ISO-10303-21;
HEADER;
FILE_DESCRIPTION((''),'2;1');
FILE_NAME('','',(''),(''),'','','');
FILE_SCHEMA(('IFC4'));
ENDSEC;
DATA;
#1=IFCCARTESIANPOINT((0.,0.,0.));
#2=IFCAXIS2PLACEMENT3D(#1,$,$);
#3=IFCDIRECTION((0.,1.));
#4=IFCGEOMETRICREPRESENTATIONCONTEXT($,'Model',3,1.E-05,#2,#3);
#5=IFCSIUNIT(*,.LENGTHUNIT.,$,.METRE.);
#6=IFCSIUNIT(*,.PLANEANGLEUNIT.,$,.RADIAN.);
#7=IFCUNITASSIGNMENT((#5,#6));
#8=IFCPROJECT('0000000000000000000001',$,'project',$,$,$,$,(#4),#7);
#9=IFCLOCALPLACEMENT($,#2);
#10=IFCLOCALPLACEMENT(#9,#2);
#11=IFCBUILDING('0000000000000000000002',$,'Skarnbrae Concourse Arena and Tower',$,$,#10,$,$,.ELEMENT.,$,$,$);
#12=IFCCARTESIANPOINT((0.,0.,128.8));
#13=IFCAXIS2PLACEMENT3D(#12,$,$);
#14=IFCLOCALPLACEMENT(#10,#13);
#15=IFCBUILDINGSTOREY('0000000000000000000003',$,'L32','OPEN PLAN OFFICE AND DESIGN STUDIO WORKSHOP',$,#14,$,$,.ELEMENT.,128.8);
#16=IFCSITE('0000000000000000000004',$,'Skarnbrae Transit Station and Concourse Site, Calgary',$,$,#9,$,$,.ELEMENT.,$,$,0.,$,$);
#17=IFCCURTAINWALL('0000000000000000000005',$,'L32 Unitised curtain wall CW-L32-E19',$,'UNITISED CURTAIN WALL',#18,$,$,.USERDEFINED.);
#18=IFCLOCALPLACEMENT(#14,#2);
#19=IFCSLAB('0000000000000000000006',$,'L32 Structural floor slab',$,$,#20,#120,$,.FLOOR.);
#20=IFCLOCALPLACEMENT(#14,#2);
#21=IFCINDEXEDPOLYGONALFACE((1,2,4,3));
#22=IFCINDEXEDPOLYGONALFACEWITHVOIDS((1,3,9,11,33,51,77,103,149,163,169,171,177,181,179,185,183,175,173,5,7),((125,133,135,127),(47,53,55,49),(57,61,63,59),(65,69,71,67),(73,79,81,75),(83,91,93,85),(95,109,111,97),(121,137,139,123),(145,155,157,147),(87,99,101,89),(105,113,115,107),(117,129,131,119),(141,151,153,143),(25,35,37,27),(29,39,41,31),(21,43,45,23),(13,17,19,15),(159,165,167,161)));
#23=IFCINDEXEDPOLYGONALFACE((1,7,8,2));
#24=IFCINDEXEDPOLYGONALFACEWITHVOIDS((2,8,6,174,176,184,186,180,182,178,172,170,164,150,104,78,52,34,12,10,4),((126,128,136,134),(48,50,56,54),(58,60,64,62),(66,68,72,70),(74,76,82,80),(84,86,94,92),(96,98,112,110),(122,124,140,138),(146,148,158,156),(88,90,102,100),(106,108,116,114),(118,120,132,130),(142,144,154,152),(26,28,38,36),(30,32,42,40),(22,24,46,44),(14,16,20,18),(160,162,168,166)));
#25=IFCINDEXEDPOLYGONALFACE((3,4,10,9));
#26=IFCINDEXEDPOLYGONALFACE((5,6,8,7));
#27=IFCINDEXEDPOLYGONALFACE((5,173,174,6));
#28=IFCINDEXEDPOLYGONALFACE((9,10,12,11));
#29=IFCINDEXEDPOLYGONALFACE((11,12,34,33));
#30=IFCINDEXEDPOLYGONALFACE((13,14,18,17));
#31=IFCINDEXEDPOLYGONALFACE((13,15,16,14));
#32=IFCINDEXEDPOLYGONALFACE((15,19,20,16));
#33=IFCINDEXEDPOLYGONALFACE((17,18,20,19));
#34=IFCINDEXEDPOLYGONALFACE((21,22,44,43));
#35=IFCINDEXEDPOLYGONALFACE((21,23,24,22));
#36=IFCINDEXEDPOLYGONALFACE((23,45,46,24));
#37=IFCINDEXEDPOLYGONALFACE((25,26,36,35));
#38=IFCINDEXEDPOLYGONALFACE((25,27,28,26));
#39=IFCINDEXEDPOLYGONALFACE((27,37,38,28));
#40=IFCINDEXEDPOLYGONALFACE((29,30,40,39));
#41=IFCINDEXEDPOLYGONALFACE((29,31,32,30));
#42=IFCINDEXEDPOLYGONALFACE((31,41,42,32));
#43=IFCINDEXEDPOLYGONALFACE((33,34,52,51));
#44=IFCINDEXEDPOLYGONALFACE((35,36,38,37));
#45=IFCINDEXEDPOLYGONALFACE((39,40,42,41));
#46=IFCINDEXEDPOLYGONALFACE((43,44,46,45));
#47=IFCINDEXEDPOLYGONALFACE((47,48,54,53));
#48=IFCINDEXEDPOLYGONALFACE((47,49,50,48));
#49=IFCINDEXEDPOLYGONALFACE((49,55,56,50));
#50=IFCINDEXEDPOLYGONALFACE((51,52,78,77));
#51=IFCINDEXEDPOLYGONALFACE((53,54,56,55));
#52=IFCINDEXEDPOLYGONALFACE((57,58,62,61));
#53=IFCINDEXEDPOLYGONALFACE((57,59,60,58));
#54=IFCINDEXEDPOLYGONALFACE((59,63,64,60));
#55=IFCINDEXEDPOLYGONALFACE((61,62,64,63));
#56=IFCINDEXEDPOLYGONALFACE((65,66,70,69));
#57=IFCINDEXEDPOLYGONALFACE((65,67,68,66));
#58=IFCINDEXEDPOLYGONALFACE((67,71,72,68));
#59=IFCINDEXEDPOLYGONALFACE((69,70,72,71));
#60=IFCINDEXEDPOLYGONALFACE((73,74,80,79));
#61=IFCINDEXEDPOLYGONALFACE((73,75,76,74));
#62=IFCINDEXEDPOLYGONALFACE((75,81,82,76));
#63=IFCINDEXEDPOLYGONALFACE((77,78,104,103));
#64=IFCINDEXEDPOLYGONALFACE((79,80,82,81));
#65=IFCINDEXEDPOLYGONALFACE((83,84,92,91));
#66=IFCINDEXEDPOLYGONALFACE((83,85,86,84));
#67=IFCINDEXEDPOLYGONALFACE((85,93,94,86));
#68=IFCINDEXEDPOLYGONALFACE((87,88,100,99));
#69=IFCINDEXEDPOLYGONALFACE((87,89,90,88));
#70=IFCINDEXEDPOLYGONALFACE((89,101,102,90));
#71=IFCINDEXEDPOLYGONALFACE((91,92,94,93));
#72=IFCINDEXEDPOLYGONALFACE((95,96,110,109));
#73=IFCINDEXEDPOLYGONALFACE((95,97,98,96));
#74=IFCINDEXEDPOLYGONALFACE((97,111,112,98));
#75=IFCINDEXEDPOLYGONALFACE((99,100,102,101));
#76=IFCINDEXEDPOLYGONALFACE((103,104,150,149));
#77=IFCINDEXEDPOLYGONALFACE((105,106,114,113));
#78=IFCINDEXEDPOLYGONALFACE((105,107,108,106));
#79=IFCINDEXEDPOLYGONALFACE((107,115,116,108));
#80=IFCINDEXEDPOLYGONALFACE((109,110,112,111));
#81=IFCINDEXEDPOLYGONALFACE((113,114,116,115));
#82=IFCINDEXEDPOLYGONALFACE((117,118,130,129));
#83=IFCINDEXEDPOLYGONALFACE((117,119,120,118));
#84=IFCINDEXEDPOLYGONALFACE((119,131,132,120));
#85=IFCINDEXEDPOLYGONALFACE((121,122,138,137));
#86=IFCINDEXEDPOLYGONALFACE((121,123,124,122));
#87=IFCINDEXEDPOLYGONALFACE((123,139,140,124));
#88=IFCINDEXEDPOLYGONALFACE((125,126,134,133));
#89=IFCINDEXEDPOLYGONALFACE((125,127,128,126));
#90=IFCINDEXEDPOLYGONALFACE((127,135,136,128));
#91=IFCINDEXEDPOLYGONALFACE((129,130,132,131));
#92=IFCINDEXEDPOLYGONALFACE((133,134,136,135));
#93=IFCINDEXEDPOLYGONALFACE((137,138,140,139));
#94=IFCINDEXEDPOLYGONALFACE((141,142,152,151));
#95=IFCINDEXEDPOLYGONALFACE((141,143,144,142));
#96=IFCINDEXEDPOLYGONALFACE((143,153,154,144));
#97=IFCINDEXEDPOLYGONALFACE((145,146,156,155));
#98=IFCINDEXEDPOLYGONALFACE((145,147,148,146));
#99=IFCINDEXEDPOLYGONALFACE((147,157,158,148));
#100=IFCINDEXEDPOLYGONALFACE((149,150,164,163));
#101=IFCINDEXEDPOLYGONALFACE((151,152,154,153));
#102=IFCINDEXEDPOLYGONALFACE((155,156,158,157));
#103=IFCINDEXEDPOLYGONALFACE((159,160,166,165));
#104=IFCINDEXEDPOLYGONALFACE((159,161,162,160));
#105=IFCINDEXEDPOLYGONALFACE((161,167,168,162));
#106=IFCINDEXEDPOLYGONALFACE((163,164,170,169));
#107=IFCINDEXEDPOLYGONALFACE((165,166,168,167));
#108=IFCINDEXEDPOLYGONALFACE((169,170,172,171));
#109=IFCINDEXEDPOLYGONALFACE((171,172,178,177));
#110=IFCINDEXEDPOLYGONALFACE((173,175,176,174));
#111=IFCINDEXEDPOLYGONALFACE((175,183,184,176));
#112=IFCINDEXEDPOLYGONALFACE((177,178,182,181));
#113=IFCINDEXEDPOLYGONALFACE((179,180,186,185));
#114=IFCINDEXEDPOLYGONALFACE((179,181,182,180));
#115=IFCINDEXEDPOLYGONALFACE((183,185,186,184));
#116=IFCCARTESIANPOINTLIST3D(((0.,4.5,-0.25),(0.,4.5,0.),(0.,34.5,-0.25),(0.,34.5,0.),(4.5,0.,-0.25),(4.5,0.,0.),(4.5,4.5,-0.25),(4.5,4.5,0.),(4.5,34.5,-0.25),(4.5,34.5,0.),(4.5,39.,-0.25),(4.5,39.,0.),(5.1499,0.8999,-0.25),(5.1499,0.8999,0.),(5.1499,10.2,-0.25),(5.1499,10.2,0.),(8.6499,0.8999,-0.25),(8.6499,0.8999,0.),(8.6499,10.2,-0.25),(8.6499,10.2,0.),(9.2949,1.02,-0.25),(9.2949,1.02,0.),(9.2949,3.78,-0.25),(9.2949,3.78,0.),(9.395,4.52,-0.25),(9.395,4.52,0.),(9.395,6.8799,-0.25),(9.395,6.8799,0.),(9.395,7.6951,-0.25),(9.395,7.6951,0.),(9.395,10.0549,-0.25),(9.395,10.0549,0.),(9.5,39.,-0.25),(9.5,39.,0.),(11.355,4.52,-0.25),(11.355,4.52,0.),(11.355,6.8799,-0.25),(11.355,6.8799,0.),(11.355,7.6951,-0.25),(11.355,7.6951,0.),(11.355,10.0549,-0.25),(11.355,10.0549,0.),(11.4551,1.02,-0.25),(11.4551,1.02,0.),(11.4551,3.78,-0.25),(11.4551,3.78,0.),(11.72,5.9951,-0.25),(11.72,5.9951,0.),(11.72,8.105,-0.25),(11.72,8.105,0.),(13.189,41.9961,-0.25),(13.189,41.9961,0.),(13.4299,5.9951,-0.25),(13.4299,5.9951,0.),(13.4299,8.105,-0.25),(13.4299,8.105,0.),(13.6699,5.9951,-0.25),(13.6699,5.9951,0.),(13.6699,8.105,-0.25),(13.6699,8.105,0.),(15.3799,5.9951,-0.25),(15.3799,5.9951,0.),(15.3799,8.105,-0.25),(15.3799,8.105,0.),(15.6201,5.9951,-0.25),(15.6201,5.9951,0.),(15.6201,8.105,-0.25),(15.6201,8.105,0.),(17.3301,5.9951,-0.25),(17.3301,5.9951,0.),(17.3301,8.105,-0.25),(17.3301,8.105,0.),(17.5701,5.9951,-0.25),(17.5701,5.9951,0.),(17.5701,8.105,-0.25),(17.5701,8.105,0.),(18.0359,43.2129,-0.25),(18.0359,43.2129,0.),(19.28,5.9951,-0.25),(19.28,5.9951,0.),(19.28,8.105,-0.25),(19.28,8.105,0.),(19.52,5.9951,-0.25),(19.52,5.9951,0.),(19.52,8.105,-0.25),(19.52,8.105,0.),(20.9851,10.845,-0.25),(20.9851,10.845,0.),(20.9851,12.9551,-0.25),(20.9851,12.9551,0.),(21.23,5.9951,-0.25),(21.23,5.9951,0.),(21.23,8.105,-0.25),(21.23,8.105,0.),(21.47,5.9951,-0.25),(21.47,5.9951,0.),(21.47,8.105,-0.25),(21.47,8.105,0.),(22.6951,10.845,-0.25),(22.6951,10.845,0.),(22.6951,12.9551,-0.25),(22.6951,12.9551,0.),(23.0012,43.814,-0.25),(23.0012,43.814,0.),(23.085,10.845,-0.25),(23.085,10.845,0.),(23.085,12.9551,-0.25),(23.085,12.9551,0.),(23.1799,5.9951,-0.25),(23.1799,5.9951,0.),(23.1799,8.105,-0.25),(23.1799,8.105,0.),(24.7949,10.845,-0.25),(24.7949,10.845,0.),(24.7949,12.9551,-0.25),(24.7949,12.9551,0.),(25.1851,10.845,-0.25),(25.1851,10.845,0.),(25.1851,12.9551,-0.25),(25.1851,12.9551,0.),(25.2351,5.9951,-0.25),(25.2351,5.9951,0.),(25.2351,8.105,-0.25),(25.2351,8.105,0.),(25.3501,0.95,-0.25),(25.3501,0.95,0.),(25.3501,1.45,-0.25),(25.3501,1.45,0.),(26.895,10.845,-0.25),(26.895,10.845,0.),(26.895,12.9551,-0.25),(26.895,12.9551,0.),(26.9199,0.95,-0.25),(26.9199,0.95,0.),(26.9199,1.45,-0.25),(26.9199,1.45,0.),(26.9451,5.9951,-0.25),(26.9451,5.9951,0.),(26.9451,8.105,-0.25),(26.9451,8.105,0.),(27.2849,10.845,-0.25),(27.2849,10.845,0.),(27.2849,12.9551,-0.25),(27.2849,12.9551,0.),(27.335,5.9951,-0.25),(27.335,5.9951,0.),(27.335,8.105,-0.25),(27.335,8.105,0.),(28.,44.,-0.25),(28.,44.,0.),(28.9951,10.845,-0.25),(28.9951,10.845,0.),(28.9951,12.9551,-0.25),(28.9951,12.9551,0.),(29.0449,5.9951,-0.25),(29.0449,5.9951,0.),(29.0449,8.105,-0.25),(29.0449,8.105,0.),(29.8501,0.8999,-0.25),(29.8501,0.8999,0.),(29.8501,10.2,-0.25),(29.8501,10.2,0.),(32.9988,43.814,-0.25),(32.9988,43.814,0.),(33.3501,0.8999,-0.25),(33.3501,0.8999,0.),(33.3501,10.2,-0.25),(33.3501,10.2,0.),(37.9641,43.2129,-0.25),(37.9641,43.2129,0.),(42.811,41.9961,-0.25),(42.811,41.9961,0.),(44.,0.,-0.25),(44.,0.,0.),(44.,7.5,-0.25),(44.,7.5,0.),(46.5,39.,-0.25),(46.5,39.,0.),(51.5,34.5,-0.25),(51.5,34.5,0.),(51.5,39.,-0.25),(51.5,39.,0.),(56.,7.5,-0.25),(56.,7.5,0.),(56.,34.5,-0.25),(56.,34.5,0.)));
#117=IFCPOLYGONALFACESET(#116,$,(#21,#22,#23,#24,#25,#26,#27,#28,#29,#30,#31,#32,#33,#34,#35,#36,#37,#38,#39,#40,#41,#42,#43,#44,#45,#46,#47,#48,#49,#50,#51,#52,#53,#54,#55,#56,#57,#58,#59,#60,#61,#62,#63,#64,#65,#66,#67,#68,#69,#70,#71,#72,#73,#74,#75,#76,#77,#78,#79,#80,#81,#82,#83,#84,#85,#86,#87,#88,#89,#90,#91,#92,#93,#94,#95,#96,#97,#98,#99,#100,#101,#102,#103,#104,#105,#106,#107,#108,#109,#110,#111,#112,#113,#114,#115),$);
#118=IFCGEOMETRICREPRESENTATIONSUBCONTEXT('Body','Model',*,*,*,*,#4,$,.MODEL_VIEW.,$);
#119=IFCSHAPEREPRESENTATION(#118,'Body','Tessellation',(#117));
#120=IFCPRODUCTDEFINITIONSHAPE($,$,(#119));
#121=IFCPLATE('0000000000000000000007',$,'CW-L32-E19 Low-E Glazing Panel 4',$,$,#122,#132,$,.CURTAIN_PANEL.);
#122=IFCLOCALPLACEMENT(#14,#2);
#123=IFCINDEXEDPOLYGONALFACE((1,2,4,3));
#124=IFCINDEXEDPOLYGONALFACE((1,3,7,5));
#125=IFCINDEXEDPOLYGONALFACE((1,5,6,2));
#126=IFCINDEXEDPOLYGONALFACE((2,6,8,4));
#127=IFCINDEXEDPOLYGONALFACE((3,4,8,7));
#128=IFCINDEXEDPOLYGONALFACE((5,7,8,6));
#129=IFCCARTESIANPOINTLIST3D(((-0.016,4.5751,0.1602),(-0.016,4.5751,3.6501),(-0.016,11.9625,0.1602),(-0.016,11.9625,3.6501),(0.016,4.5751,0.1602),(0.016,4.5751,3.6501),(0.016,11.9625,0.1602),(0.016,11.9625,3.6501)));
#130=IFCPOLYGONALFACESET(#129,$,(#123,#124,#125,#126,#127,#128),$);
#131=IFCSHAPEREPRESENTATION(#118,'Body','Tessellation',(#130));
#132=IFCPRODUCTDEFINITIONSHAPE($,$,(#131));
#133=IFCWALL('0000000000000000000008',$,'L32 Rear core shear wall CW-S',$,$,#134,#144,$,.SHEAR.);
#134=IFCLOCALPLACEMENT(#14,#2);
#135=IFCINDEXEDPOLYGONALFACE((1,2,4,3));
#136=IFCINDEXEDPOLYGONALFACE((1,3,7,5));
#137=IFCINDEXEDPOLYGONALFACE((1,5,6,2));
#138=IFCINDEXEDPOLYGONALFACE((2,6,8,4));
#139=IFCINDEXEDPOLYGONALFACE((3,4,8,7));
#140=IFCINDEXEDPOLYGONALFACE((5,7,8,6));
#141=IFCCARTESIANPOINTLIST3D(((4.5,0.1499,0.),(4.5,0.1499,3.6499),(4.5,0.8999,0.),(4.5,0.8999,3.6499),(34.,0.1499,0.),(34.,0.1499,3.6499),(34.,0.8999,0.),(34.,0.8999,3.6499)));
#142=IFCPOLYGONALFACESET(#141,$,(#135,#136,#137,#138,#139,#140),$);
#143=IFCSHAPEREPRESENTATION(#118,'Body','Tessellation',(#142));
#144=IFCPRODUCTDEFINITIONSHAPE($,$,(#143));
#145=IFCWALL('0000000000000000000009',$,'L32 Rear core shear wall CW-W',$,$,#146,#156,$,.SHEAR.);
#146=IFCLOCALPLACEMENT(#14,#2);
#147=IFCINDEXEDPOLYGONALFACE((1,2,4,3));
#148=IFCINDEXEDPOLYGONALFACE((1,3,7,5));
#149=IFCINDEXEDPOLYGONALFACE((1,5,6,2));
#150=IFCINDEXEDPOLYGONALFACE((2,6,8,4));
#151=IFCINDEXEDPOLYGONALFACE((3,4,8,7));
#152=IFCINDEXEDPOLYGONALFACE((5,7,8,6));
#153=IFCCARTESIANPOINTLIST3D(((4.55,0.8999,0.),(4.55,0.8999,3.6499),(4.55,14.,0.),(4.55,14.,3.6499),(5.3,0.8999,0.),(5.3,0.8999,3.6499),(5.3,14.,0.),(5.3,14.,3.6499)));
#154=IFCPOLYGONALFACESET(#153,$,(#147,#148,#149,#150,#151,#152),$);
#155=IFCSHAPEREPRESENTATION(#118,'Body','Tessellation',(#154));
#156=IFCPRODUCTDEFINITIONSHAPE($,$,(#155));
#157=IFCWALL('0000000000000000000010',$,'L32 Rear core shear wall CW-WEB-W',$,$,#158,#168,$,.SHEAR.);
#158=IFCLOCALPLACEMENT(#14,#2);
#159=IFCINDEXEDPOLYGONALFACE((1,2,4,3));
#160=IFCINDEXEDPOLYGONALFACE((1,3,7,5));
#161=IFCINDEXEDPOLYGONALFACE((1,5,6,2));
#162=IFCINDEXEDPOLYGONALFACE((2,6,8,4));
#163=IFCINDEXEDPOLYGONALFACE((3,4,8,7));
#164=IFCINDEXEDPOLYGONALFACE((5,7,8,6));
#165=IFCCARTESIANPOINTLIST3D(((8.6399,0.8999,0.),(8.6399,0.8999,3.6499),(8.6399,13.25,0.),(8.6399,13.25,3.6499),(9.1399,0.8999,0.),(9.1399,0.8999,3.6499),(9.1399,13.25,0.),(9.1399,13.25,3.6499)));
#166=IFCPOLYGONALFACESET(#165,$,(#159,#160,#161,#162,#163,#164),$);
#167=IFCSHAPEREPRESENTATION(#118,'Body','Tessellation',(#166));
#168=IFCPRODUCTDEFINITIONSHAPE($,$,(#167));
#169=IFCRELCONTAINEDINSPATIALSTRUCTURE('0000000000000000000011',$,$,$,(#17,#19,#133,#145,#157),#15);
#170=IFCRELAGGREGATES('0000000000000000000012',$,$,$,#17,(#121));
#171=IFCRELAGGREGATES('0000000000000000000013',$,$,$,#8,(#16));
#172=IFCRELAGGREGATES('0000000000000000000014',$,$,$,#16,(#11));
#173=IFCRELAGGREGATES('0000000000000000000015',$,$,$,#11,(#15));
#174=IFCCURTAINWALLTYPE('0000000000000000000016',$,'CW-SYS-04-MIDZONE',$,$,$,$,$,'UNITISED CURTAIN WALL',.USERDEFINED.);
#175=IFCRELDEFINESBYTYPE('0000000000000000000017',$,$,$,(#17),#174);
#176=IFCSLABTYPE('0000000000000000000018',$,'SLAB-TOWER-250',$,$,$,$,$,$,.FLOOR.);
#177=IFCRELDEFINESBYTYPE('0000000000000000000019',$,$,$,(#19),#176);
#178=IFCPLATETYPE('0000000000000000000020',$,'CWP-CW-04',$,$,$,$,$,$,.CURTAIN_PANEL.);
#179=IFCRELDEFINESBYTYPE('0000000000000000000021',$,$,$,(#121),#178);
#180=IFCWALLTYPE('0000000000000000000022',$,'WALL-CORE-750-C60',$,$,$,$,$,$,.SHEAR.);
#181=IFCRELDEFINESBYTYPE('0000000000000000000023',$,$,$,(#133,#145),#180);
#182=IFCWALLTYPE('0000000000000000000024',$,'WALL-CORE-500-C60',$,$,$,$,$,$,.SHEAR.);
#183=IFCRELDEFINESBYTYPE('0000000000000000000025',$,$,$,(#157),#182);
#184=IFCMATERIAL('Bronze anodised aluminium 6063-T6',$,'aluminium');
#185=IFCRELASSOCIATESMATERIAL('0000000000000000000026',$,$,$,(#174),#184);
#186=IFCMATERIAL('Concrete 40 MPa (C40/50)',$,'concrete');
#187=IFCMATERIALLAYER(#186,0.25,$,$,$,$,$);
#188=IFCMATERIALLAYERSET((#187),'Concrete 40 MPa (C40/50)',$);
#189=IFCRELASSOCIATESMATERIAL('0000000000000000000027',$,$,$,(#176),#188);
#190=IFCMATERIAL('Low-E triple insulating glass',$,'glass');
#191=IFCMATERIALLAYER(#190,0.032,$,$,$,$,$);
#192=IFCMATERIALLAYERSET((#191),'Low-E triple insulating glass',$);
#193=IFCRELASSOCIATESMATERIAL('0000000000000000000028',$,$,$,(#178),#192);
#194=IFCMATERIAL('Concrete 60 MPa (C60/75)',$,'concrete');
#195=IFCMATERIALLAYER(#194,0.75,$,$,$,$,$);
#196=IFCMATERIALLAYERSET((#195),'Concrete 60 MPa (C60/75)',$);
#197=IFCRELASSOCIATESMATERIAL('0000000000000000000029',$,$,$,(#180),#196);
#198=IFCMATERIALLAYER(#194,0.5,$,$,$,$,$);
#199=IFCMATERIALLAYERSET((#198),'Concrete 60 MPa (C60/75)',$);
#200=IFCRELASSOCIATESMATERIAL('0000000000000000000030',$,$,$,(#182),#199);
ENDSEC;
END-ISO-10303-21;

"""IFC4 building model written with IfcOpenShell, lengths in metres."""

from ifc_helpers import new_model, si_unit, direction, frame, frame_2d, origin, origin_2d, place, context, subcontext, project, spatial, polyline, rectangle, outline, extrude, source, transform, mapped, material, layer, layer_set, type_object, element, aggregate, save


model = new_model("IFC4")

# Units and contexts
model_context = context("Model", 3, precision=1e-05, world=origin(), true_north=direction((0.0, 1.0)))
body_context = subcontext(model_context, "Body", "Model", "MODEL_VIEW")
ifc_project = project(units=[si_unit("LENGTHUNIT", "METRE"), si_unit("PLANEANGLEUNIT", "RADIAN")], contexts=[model_context])

# Site, building, storey
site_placement = place(None, origin())
site = spatial("IfcSite", under=ifc_project, at=site_placement, Name="Skarnbrae Transit Station and Concourse Site, Calgary", CompositionType="ELEMENT", RefElevation=0.0)
building_placement = place(site_placement, origin())
building = spatial("IfcBuilding", under=site, at=building_placement, Name="Skarnbrae Concourse Arena and Tower", CompositionType="ELEMENT")
storey_placement = place(building_placement, frame((0.0, 0.0, 128.8)))
storey = spatial("IfcBuildingStorey", under=building, at=storey_placement, Name="L32", Description="OPEN PLAN OFFICE AND DESIGN STUDIO WORKSHOP", CompositionType="ELEMENT", Elevation=128.8)

# Curtain wall
ifc_material_1 = material(Name="Bronze anodised aluminium 6063-T6", Category="aluminium")
curtain_wall_type = type_object("IfcCurtainWallType", Name="CW-SYS-04-MIDZONE", ElementType="UNITISED CURTAIN WALL", PredefinedType="USERDEFINED", material=ifc_material_1)
curtain_wall_placement = place(storey_placement, origin())
curtain_wall = element("IfcCurtainWall", 1, at=curtain_wall_placement, inside=storey, type_object=curtain_wall_type, Name="L32 Unitised curtain wall CW-L32-E19", ObjectType="UNITISED CURTAIN WALL", PredefinedType="USERDEFINED")

# Shared definitions
ifc_material_2 = material(Name="Concrete 40 MPa (C40/50)", Category="concrete")

# Slab
ifc_layer_1 = layer(ifc_material_2, 0.25)
ifc_layer_set_1 = layer_set([ifc_layer_1], Name="Concrete 40 MPa (C40/50)")
slab_type_1 = type_object("IfcSlabType", Name="SLAB-TOWER-250", PredefinedType="FLOOR", material=ifc_layer_set_1)
slab_1_placement = place(storey_placement, frame((0.0, 0.0, -0.25)))
element("IfcSlab", 2, at=slab_1_placement, inside=storey, type_object=slab_type_1, Name="L32 Structural floor slab", PredefinedType="FLOOR", context=body_context, shape_type="SweptSolid", body=[
    extrude(outline(polyline([(4.5, 0.0), (44.0, 0.0), (44.0, 7.5), (56.0, 7.5), (56.0, 34.5), (51.5, 34.5), (51.5, 39.0), (46.5, 39.0), (42.811, 41.9961), (37.9641, 43.2129), (32.9988, 43.814), (28.0, 44.0), (23.0012, 43.814), (18.0359, 43.2129), (13.189, 41.9961), (9.5, 39.0), (4.5, 39.0), (4.5, 34.5), (0.0, 34.5), (0.0, 4.5), (4.5, 4.5), (4.5, 0.0)]), holes=[polyline([(9.2949, 3.78), (11.4551, 3.78), (11.4551, 1.02), (9.2949, 1.02), (9.2949, 3.78)]), polyline([(8.6499, 10.2), (8.6499, 0.8999), (5.1499, 0.8999), (5.1499, 10.2), (8.6499, 10.2)]), polyline([(9.395, 6.8799), (11.355, 6.8799), (11.355, 4.52), (9.395, 4.52), (9.395, 6.8799)]), polyline([(11.72, 8.105), (13.4299, 8.105), (13.4299, 5.9951), (11.72, 5.9951), (11.72, 8.105)]), polyline([(13.6699, 8.105), (15.3799, 8.105), (15.3799, 5.9951), (13.6699, 5.9951), (13.6699, 8.105)]), polyline([(15.6201, 8.105), (17.3301, 8.105), (17.3301, 5.9951), (15.6201, 5.9951), (15.6201, 8.105)]), polyline([(17.5701, 8.105), (19.28, 8.105), (19.28, 5.9951), (17.5701, 5.9951), (17.5701, 8.105)]), polyline([(21.23, 8.105), (21.23, 5.9951), (19.52, 5.9951), (19.52, 8.105), (21.23, 8.105)]), polyline([(11.355, 10.0549), (11.355, 7.6951), (9.395, 7.6951), (9.395, 10.0549), (11.355, 10.0549)]), polyline([(25.3501, 1.45), (26.9199, 1.45), (26.9199, 0.95), (25.3501, 0.95), (25.3501, 1.45)]), polyline([(33.3501, 10.2), (33.3501, 0.8999), (29.8501, 0.8999), (29.8501, 10.2), (33.3501, 10.2)]), polyline([(21.47, 8.105), (23.1799, 8.105), (23.1799, 5.9951), (21.47, 5.9951), (21.47, 8.105)]), polyline([(25.2351, 8.105), (26.9451, 8.105), (26.9451, 5.9951), (25.2351, 5.9951), (25.2351, 8.105)]), polyline([(27.335, 8.105), (29.0449, 8.105), (29.0449, 5.9951), (27.335, 5.9951), (27.335, 8.105)]), polyline([(20.9851, 12.9551), (22.6951, 12.9551), (22.6951, 10.845), (20.9851, 10.845), (20.9851, 12.9551)]), polyline([(23.085, 12.9551), (24.7949, 12.9551), (24.7949, 10.845), (23.085, 10.845), (23.085, 12.9551)]), polyline([(26.895, 12.9551), (26.895, 10.845), (25.1851, 10.845), (25.1851, 12.9551), (26.895, 12.9551)]), polyline([(28.9951, 12.9551), (28.9951, 10.845), (27.2849, 10.845), (27.2849, 12.9551), (28.9951, 12.9551)])]), origin(), (0.0, 0.0, 1.0), 0.25),
])

# Plate
ifc_material_3 = material(Name="Low-E triple insulating glass", Category="glass")
ifc_layer_2 = layer(ifc_material_3, 0.032)
ifc_layer_set_2 = layer_set([ifc_layer_2], Name="Low-E triple insulating glass")
plate_type = type_object("IfcPlateType", Name="CWP-CW-04", PredefinedType="CURTAIN_PANEL", material=ifc_layer_set_2)
shared_shape_1 = source(origin(), body_context, "Body", "SweptSolid", [
    extrude(rectangle(XDim=7.3875, YDim=0.032, at=origin_2d()), origin(), (0.0, 0.0, 1.0), 3.49),
])
plate_placement = place(storey_placement, frame((0.0, 8.2688, 0.1602), z_axis=(0.0, 0.0, 1.0), x_axis=(0.0, -1.0, 0.0)))
plate = element("IfcPlate", 3, at=plate_placement, type_object=plate_type, Name="CW-L32-E19 Low-E Glazing Panel 4", PredefinedType="CURTAIN_PANEL", context=body_context, shape_type="MappedRepresentation", body=[
    mapped(shared_shape_1, transform((0.0, 0.0, 0.0))),
])
aggregate(curtain_wall, [plate])

# Walls
ifc_material_4 = material(Name="Concrete 60 MPa (C60/75)", Category="concrete")
ifc_layer_3 = layer(ifc_material_4, 0.75)
ifc_layer_set_3 = layer_set([ifc_layer_3], Name="Concrete 60 MPa (C60/75)")
wall_type_1 = type_object("IfcWallType", Name="WALL-CORE-750-C60", PredefinedType="SHEAR", material=ifc_layer_set_3)
shared_shape_2 = source(origin(), body_context, "Body", "SweptSolid", [
    extrude(rectangle(XDim=29.5, YDim=0.75, at=frame_2d((14.75, 0.0))), origin(), (0.0, 0.0, 1.0), 3.6499),
])
wall_1_placement = place(storey_placement, frame((4.5, 0.5249, 0.0), z_axis=(0.0, 0.0, 1.0), x_axis=(1.0, 0.0, 0.0)))
element("IfcWall", 4, at=wall_1_placement, inside=storey, type_object=wall_type_1, Name="L32 Rear core shear wall CW-S", PredefinedType="SHEAR", context=body_context, shape_type="MappedRepresentation", body=[
    mapped(shared_shape_2, transform((0.0, 0.0, 0.0))),
])
shared_shape_3 = source(origin(), body_context, "Body", "SweptSolid", [
    extrude(rectangle(XDim=13.1001, YDim=0.75, at=frame_2d((6.55, 0.0))), origin(), (0.0, 0.0, 1.0), 3.6499),
])
wall_2_placement = place(storey_placement, frame((4.925, 0.8999, 0.0), z_axis=(0.0, 0.0, 1.0), x_axis=(0.0, 1.0, 0.0)))
element("IfcWall", 5, at=wall_2_placement, inside=storey, type_object=wall_type_1, Name="L32 Rear core shear wall CW-W", PredefinedType="SHEAR", context=body_context, shape_type="MappedRepresentation", body=[
    mapped(shared_shape_3, transform((0.0, 0.0, 0.0))),
])
ifc_layer_4 = layer(ifc_material_4, 0.5)
ifc_layer_set_4 = layer_set([ifc_layer_4], Name="Concrete 60 MPa (C60/75)")
wall_type_2 = type_object("IfcWallType", Name="WALL-CORE-500-C60", PredefinedType="SHEAR", material=ifc_layer_set_4)
shared_shape_4 = source(origin(), body_context, "Body", "SweptSolid", [
    extrude(rectangle(XDim=12.3501, YDim=0.5, at=frame_2d((6.175, 0.0))), origin(), (0.0, 0.0, 1.0), 3.6499),
])
wall_3_placement = place(storey_placement, frame((8.8899, 0.8999, 0.0), z_axis=(0.0, 0.0, 1.0), x_axis=(0.0, 1.0, 0.0)))
element("IfcWall", 6, at=wall_3_placement, inside=storey, type_object=wall_type_2, Name="L32 Rear core shear wall CW-WEB-W", PredefinedType="SHEAR", context=body_context, shape_type="MappedRepresentation", body=[
    mapped(shared_shape_4, transform((0.0, 0.0, 0.0))),
])

save(model, "model.ifc")
